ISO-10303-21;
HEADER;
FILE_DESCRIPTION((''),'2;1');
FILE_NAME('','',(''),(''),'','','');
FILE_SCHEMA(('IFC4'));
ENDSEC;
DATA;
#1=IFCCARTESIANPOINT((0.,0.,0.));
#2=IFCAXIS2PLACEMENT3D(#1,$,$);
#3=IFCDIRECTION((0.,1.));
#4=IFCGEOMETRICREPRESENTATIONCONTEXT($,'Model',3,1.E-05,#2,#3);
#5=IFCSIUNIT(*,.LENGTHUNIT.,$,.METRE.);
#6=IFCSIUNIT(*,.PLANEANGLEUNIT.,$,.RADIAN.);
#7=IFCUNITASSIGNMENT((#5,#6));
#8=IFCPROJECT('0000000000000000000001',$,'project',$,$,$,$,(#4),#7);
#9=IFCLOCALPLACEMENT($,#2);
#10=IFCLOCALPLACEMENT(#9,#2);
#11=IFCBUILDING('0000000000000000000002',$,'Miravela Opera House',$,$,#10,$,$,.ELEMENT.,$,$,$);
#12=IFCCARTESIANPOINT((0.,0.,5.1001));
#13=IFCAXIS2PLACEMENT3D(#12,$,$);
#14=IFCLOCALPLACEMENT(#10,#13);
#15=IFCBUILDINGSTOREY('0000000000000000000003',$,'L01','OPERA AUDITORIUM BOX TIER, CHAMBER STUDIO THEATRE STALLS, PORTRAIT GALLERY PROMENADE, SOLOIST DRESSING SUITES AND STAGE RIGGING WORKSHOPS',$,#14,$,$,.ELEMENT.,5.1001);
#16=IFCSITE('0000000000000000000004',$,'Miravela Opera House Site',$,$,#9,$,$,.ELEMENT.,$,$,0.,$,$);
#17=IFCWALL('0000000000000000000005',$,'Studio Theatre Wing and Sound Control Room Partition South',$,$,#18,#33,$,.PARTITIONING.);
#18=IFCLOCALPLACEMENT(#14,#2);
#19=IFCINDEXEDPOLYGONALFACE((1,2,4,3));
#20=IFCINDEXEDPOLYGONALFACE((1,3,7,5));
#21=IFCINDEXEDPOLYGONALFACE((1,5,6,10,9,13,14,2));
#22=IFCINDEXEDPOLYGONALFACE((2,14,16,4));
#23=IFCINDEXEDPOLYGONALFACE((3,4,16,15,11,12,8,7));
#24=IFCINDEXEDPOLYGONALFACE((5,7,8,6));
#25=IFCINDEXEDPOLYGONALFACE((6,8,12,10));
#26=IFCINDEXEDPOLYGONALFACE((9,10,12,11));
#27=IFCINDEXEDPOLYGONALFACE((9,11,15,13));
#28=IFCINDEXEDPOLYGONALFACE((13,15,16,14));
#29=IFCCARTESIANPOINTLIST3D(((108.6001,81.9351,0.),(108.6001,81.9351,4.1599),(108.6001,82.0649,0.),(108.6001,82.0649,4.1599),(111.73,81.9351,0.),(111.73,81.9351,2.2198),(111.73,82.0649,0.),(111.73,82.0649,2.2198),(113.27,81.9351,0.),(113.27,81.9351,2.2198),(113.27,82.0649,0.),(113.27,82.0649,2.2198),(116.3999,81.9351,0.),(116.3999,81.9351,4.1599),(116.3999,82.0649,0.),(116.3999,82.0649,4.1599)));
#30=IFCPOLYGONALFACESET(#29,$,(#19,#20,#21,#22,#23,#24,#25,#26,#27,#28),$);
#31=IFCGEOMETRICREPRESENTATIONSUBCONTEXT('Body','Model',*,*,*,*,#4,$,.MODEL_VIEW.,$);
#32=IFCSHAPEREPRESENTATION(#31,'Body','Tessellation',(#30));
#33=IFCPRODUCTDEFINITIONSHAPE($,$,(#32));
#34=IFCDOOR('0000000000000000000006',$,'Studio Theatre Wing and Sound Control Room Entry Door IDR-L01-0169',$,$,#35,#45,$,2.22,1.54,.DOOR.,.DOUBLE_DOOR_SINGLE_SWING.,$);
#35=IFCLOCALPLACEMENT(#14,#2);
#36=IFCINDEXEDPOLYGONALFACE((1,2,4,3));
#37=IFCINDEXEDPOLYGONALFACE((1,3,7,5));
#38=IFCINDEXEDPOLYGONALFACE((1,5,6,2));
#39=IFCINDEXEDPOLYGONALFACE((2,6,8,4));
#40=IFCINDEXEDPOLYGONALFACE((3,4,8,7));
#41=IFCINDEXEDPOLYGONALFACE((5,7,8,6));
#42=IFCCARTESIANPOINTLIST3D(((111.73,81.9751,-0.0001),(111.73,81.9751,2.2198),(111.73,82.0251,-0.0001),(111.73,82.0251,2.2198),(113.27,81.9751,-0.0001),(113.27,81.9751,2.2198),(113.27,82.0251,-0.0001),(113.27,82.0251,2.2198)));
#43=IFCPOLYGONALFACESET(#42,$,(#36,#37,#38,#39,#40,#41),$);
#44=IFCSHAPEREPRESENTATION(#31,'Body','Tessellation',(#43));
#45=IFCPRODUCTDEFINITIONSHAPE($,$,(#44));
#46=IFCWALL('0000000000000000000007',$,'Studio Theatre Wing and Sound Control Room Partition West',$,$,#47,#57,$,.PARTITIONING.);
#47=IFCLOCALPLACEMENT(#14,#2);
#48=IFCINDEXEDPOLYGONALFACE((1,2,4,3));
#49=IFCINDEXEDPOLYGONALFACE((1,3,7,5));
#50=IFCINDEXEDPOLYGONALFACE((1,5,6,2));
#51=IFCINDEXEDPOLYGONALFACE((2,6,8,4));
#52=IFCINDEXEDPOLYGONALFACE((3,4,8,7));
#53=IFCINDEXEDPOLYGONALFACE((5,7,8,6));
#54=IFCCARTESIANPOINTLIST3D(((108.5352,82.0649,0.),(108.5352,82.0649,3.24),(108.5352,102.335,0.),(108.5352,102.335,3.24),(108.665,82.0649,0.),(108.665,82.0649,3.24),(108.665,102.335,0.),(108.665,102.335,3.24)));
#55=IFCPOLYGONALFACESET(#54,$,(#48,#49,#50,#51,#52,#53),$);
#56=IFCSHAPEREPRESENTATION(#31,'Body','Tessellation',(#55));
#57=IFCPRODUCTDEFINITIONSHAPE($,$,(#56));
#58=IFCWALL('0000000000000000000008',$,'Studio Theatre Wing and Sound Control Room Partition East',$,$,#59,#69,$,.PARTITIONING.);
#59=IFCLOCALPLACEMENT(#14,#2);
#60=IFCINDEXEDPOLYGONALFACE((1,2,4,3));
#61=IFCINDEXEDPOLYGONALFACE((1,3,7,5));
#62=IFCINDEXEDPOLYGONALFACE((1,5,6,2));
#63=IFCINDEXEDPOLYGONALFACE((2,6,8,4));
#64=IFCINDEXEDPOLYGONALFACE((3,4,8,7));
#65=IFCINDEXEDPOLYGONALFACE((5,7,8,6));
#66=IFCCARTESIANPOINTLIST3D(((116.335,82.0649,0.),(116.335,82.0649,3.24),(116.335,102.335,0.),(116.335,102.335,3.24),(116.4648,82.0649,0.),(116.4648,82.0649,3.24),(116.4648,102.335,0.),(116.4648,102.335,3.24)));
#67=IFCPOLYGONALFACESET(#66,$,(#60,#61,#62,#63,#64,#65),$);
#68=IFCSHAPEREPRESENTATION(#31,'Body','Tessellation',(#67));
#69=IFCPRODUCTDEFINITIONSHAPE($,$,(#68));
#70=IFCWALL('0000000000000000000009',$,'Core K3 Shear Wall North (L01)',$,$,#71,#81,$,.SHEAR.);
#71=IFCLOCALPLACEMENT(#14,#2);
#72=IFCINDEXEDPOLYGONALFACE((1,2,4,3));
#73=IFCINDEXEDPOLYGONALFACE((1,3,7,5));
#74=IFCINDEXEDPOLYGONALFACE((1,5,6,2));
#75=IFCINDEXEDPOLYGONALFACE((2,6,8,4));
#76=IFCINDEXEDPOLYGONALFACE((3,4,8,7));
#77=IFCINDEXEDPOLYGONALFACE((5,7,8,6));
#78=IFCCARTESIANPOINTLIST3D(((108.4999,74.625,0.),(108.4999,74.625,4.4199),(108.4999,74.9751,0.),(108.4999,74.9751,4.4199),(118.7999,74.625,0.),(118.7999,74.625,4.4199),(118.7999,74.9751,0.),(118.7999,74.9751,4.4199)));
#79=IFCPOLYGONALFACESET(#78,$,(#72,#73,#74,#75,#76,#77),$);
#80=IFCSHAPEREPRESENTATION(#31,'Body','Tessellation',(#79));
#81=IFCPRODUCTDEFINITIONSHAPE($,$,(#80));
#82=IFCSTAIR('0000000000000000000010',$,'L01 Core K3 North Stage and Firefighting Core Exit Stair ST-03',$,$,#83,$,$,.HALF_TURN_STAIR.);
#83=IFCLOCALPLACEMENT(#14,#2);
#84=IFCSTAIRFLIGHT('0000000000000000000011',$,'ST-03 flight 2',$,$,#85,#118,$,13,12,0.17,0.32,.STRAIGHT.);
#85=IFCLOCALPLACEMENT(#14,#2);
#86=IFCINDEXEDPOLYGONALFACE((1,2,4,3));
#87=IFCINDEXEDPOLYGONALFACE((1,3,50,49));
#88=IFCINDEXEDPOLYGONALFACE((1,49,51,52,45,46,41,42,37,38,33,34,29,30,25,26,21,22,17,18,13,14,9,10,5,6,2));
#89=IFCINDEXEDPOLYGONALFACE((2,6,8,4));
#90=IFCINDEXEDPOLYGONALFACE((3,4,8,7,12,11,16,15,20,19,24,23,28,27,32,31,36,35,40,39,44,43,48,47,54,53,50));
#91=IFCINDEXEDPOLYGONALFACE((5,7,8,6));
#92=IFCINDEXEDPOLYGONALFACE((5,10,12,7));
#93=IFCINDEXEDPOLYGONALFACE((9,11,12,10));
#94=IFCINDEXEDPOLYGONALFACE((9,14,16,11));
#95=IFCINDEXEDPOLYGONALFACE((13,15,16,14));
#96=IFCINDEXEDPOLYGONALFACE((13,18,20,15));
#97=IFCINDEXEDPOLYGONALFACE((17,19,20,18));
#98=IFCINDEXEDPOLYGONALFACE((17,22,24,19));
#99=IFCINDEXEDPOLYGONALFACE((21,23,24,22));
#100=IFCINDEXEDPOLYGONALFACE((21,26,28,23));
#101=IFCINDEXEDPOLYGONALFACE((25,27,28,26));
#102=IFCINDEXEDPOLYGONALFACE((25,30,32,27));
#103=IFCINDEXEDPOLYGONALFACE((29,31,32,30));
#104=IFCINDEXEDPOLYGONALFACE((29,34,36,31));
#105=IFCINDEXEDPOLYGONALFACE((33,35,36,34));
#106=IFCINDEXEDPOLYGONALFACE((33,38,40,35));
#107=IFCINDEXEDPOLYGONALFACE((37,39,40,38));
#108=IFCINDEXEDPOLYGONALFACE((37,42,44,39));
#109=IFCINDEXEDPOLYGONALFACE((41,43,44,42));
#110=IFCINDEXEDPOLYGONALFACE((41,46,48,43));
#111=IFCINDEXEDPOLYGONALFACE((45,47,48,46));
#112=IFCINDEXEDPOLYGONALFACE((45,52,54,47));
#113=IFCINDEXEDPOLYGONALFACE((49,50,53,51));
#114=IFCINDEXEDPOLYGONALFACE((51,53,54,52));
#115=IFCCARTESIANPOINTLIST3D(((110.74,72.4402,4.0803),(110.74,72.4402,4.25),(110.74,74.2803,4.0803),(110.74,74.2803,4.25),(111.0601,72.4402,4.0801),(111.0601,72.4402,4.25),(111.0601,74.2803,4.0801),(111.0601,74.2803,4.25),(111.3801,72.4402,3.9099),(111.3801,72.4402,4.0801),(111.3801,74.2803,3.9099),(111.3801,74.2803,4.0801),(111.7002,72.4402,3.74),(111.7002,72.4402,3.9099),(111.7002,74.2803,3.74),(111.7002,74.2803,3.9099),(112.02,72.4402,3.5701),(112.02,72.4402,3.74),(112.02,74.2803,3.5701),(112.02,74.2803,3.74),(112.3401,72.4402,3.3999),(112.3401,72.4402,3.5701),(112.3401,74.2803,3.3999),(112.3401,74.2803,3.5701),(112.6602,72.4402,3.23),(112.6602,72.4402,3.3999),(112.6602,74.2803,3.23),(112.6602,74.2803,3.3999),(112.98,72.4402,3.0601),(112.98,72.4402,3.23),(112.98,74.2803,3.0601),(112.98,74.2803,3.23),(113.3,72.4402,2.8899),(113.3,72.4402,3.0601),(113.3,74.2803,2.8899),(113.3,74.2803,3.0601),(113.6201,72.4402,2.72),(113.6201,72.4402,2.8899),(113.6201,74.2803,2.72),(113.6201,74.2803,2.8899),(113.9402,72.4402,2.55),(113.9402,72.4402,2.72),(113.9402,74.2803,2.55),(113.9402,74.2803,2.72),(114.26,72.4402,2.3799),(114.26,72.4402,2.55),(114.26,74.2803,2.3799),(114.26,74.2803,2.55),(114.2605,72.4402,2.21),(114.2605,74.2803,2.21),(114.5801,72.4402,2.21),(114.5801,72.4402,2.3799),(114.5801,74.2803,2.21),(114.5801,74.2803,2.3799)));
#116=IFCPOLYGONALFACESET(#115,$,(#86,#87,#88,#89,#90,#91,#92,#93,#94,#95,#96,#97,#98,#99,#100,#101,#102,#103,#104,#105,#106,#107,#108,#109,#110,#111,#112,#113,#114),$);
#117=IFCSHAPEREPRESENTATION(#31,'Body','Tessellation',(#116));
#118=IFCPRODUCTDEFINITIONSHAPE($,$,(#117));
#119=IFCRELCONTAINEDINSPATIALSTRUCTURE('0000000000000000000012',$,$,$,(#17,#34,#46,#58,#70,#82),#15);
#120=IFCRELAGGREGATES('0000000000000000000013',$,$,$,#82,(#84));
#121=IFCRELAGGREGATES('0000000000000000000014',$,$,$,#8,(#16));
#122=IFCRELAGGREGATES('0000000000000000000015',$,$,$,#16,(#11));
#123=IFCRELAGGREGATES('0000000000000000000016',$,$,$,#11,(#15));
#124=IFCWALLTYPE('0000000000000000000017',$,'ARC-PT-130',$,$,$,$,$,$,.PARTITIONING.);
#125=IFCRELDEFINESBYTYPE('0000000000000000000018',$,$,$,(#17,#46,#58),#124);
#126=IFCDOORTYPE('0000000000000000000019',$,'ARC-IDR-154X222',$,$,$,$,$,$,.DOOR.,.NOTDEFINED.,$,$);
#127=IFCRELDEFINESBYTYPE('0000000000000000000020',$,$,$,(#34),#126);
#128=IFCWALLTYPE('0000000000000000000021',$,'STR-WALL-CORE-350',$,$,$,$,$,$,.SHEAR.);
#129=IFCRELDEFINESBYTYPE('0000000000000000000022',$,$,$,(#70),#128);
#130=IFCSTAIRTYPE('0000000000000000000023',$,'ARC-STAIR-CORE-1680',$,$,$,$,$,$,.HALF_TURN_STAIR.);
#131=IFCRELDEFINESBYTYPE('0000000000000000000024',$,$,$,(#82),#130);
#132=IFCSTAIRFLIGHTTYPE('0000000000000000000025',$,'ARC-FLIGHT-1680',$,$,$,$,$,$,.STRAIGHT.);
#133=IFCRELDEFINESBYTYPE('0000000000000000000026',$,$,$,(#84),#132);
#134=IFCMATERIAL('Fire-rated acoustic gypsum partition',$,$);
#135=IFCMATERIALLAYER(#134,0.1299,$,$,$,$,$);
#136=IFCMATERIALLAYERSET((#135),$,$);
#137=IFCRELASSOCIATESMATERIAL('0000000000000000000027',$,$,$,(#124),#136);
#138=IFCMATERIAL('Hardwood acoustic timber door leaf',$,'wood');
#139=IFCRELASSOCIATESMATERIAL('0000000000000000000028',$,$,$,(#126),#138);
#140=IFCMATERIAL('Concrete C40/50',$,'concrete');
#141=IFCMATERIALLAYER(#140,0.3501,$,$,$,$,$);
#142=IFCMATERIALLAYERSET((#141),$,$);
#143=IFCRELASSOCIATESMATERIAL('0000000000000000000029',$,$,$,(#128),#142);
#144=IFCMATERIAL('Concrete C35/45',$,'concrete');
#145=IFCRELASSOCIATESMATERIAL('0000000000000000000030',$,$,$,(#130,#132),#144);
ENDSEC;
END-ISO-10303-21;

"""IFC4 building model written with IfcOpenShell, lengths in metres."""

from ifc_helpers import new_model, si_unit, direction, frame, frame_2d, origin, place, context, subcontext, project, spatial, polyline, rectangle, outline, extrude, material, layer, layer_set, type_object, element, fill, aggregate, save


model = new_model("IFC4")

# Units and contexts
model_context = context("Model", 3, precision=1e-05, world=origin(), true_north=direction((0.0, 1.0)))
body_context = subcontext(model_context, "Body", "Model", "MODEL_VIEW")
ifc_project = project(units=[si_unit("LENGTHUNIT", "METRE"), si_unit("PLANEANGLEUNIT", "RADIAN")], contexts=[model_context])

# Site, building, storey
site_placement = place(None, origin())
site = spatial("IfcSite", under=ifc_project, at=site_placement, Name="Miravela Opera House Site", CompositionType="ELEMENT", RefElevation=0.0)
building_placement = place(site_placement, origin())
building = spatial("IfcBuilding", under=site, at=building_placement, Name="Miravela Opera House", CompositionType="ELEMENT")
storey_placement = place(building_placement, frame((0.0, 0.0, 5.1001)))
storey = spatial("IfcBuildingStorey", under=building, at=storey_placement, Name="L01", Description="OPERA AUDITORIUM BOX TIER, CHAMBER STUDIO THEATRE STALLS, PORTRAIT GALLERY PROMENADE, SOLOIST DRESSING SUITES AND STAGE RIGGING WORKSHOPS", CompositionType="ELEMENT", Elevation=5.1001)

# Shared definitions
ifc_material_1 = material(Name="Concrete C35/45", Category="concrete")
ifc_material_2 = material(Name="Concrete C40/50", Category="concrete")

# Wall, opening, door
ifc_material_3 = material(Name="Fire-rated acoustic gypsum partition")
ifc_layer_1 = layer(ifc_material_3, 0.1299)
ifc_layer_set_1 = layer_set([ifc_layer_1])
wall_type_1 = type_object("IfcWallType", Name="ARC-PT-130", PredefinedType="PARTITIONING", material=ifc_layer_set_1)
wall_1_placement = place(storey_placement, frame((108.6001, 82.0, 0.0), z_axis=(0.0, 0.0, 1.0), x_axis=(1.0, 0.0, 0.0)))
wall_1 = element("IfcWall", 1, at=wall_1_placement, inside=storey, type_object=wall_type_1, Name="Studio Theatre Wing and Sound Control Room Partition South", PredefinedType="PARTITIONING", context=body_context, shape_type="SweptSolid", body=[
    extrude(rectangle(XDim=7.7998, YDim=0.1299, at=frame_2d((3.8999, 0.0))), origin(), (0.0, 0.0, 1.0), 4.1599),
])
opening_placement = place(wall_1_placement, frame((3.1299, 0.0, 0.0)))
opening = element("IfcOpeningElement", 2, at=opening_placement, cuts=wall_1, PredefinedType="OPENING", context=body_context, shape_type="SweptSolid", body=[
    extrude(rectangle(XDim=1.54, YDim=2.22, at=frame_2d((0.77, 1.1099))), frame((0.0, 0.075, 0.0), z_axis=(0.0, -1.0, 0.0), x_axis=(1.0, 0.0, 0.0)), (0.0, 0.0, 1.0), 0.1499),
])
ifc_material_4 = material(Name="Hardwood acoustic timber door leaf", Category="wood")
door_type = type_object("IfcDoorType", Name="ARC-IDR-154X222", OperationType="NOTDEFINED", PredefinedType="DOOR", material=ifc_material_4)
door_placement = place(opening_placement, frame((1.54, 0.0, 0.0), z_axis=(0.0, 0.0, 1.0), x_axis=(-1.0, 0.0, 0.0)))
door = element("IfcDoor", 3, at=door_placement, inside=storey, type_object=door_type, Name="Studio Theatre Wing and Sound Control Room Entry Door IDR-L01-0169", OperationType="DOUBLE_DOOR_SINGLE_SWING", OverallHeight=2.22, OverallWidth=1.54, PredefinedType="DOOR", context=body_context, shape_type="SweptSolid", body=[
    extrude(rectangle(XDim=1.54, YDim=2.22, at=frame_2d((0.77, 1.1099))), frame((0.0, 0.0249, 0.0), z_axis=(0.0, -1.0, 0.0), x_axis=(1.0, 0.0, 0.0)), (0.0, 0.0, 1.0), 0.05),
])
fill(opening, door)

# Walls
for number, where, z_axis, x_axis, name in (
    (4, (108.6001, 82.0649, 0.0), (0.0, 0.0, 1.0), (0.0, 1.0, 0.0), "Studio Theatre Wing and Sound Control Room Partition West"),
    (5, (116.3999, 82.0649, 0.0), (0.0, 0.0, 1.0), (0.0, 1.0, 0.0), "Studio Theatre Wing and Sound Control Room Partition East"),
):
    element("IfcWall", number, at=place(storey_placement, frame(where, z_axis=z_axis, x_axis=x_axis)), inside=storey, type_object=wall_type_1, Name=name, PredefinedType="PARTITIONING", context=body_context, shape_type="SweptSolid", body=[
        extrude(rectangle(XDim=20.27, YDim=0.1299, at=frame_2d((10.135, 0.0))), origin(), (0.0, 0.0, 1.0), 3.24),
    ])
ifc_layer_2 = layer(ifc_material_2, 0.3501)
ifc_layer_set_2 = layer_set([ifc_layer_2])
wall_type_2 = type_object("IfcWallType", Name="STR-WALL-CORE-350", PredefinedType="SHEAR", material=ifc_layer_set_2)
wall_2_placement = place(storey_placement, frame((108.5, 74.8, 0.0), z_axis=(0.0, 0.0, 1.0), x_axis=(1.0, 0.0, 0.0)))
element("IfcWall", 6, at=wall_2_placement, inside=storey, type_object=wall_type_2, Name="Core K3 Shear Wall North (L01)", PredefinedType="SHEAR", context=body_context, shape_type="SweptSolid", body=[
    extrude(rectangle(XDim=10.3, YDim=0.3501, at=frame_2d((5.1499, 0.0))), origin(), (0.0, 0.0, 1.0), 4.4199),
])

# Stair, stair flight
stair_type = type_object("IfcStairType", Name="ARC-STAIR-CORE-1680", PredefinedType="HALF_TURN_STAIR", material=ifc_material_1)
stair_placement = place(storey_placement, origin())
stair = element("IfcStair", 7, at=stair_placement, inside=storey, type_object=stair_type, Name="L01 Core K3 North Stage and Firefighting Core Exit Stair ST-03", PredefinedType="HALF_TURN_STAIR")
stair_flight_type = type_object("IfcStairFlightType", Name="ARC-FLIGHT-1680", PredefinedType="STRAIGHT", material=ifc_material_1)
stair_flight_placement = place(storey_placement, frame((114.5801, 73.3601, 2.21), z_axis=(0.0, 0.0, 1.0), x_axis=(-1.0, 0.0, 0.0)))
stair_flight = element("IfcStairFlight", 8, at=stair_flight_placement, type_object=stair_flight_type, Name="ST-03 flight 2", NumberOfRisers=13, NumberOfTreads=12, PredefinedType="STRAIGHT", RiserHeight=0.17, TreadLength=0.32, context=body_context, shape_type="SweptSolid", body=[
    extrude(outline(polyline([(0.0, 0.0), (0.0, 0.1699), (0.3201, 0.1699), (0.3201, 0.3401), (0.6399, 0.3401), (0.6399, 0.51), (0.96, 0.51), (0.96, 0.6799), (1.28, 0.6799), (1.28, 0.8501), (1.6001, 0.8501), (1.6001, 1.02), (1.9199, 1.02), (1.9199, 1.1899), (2.24, 1.1899), (2.24, 1.3601), (2.5601, 1.3601), (2.5601, 1.53), (2.8799, 1.53), (2.8799, 1.7), (3.2, 1.7), (3.2, 1.8701), (3.52, 1.8701), (3.52, 2.04), (3.8401, 2.04), (3.8401, 2.21), (3.8401, 1.8704), (0.3196, 0.0), (0.0, 0.0)])), frame((0.0, 0.9199, 0.0), z_axis=(0.0, -1.0, 0.0), x_axis=(1.0, 0.0, 0.0)), (0.0, 0.0, 1.0), 1.8401),
])
aggregate(stair, [stair_flight])

save(model, "model.ifc")
